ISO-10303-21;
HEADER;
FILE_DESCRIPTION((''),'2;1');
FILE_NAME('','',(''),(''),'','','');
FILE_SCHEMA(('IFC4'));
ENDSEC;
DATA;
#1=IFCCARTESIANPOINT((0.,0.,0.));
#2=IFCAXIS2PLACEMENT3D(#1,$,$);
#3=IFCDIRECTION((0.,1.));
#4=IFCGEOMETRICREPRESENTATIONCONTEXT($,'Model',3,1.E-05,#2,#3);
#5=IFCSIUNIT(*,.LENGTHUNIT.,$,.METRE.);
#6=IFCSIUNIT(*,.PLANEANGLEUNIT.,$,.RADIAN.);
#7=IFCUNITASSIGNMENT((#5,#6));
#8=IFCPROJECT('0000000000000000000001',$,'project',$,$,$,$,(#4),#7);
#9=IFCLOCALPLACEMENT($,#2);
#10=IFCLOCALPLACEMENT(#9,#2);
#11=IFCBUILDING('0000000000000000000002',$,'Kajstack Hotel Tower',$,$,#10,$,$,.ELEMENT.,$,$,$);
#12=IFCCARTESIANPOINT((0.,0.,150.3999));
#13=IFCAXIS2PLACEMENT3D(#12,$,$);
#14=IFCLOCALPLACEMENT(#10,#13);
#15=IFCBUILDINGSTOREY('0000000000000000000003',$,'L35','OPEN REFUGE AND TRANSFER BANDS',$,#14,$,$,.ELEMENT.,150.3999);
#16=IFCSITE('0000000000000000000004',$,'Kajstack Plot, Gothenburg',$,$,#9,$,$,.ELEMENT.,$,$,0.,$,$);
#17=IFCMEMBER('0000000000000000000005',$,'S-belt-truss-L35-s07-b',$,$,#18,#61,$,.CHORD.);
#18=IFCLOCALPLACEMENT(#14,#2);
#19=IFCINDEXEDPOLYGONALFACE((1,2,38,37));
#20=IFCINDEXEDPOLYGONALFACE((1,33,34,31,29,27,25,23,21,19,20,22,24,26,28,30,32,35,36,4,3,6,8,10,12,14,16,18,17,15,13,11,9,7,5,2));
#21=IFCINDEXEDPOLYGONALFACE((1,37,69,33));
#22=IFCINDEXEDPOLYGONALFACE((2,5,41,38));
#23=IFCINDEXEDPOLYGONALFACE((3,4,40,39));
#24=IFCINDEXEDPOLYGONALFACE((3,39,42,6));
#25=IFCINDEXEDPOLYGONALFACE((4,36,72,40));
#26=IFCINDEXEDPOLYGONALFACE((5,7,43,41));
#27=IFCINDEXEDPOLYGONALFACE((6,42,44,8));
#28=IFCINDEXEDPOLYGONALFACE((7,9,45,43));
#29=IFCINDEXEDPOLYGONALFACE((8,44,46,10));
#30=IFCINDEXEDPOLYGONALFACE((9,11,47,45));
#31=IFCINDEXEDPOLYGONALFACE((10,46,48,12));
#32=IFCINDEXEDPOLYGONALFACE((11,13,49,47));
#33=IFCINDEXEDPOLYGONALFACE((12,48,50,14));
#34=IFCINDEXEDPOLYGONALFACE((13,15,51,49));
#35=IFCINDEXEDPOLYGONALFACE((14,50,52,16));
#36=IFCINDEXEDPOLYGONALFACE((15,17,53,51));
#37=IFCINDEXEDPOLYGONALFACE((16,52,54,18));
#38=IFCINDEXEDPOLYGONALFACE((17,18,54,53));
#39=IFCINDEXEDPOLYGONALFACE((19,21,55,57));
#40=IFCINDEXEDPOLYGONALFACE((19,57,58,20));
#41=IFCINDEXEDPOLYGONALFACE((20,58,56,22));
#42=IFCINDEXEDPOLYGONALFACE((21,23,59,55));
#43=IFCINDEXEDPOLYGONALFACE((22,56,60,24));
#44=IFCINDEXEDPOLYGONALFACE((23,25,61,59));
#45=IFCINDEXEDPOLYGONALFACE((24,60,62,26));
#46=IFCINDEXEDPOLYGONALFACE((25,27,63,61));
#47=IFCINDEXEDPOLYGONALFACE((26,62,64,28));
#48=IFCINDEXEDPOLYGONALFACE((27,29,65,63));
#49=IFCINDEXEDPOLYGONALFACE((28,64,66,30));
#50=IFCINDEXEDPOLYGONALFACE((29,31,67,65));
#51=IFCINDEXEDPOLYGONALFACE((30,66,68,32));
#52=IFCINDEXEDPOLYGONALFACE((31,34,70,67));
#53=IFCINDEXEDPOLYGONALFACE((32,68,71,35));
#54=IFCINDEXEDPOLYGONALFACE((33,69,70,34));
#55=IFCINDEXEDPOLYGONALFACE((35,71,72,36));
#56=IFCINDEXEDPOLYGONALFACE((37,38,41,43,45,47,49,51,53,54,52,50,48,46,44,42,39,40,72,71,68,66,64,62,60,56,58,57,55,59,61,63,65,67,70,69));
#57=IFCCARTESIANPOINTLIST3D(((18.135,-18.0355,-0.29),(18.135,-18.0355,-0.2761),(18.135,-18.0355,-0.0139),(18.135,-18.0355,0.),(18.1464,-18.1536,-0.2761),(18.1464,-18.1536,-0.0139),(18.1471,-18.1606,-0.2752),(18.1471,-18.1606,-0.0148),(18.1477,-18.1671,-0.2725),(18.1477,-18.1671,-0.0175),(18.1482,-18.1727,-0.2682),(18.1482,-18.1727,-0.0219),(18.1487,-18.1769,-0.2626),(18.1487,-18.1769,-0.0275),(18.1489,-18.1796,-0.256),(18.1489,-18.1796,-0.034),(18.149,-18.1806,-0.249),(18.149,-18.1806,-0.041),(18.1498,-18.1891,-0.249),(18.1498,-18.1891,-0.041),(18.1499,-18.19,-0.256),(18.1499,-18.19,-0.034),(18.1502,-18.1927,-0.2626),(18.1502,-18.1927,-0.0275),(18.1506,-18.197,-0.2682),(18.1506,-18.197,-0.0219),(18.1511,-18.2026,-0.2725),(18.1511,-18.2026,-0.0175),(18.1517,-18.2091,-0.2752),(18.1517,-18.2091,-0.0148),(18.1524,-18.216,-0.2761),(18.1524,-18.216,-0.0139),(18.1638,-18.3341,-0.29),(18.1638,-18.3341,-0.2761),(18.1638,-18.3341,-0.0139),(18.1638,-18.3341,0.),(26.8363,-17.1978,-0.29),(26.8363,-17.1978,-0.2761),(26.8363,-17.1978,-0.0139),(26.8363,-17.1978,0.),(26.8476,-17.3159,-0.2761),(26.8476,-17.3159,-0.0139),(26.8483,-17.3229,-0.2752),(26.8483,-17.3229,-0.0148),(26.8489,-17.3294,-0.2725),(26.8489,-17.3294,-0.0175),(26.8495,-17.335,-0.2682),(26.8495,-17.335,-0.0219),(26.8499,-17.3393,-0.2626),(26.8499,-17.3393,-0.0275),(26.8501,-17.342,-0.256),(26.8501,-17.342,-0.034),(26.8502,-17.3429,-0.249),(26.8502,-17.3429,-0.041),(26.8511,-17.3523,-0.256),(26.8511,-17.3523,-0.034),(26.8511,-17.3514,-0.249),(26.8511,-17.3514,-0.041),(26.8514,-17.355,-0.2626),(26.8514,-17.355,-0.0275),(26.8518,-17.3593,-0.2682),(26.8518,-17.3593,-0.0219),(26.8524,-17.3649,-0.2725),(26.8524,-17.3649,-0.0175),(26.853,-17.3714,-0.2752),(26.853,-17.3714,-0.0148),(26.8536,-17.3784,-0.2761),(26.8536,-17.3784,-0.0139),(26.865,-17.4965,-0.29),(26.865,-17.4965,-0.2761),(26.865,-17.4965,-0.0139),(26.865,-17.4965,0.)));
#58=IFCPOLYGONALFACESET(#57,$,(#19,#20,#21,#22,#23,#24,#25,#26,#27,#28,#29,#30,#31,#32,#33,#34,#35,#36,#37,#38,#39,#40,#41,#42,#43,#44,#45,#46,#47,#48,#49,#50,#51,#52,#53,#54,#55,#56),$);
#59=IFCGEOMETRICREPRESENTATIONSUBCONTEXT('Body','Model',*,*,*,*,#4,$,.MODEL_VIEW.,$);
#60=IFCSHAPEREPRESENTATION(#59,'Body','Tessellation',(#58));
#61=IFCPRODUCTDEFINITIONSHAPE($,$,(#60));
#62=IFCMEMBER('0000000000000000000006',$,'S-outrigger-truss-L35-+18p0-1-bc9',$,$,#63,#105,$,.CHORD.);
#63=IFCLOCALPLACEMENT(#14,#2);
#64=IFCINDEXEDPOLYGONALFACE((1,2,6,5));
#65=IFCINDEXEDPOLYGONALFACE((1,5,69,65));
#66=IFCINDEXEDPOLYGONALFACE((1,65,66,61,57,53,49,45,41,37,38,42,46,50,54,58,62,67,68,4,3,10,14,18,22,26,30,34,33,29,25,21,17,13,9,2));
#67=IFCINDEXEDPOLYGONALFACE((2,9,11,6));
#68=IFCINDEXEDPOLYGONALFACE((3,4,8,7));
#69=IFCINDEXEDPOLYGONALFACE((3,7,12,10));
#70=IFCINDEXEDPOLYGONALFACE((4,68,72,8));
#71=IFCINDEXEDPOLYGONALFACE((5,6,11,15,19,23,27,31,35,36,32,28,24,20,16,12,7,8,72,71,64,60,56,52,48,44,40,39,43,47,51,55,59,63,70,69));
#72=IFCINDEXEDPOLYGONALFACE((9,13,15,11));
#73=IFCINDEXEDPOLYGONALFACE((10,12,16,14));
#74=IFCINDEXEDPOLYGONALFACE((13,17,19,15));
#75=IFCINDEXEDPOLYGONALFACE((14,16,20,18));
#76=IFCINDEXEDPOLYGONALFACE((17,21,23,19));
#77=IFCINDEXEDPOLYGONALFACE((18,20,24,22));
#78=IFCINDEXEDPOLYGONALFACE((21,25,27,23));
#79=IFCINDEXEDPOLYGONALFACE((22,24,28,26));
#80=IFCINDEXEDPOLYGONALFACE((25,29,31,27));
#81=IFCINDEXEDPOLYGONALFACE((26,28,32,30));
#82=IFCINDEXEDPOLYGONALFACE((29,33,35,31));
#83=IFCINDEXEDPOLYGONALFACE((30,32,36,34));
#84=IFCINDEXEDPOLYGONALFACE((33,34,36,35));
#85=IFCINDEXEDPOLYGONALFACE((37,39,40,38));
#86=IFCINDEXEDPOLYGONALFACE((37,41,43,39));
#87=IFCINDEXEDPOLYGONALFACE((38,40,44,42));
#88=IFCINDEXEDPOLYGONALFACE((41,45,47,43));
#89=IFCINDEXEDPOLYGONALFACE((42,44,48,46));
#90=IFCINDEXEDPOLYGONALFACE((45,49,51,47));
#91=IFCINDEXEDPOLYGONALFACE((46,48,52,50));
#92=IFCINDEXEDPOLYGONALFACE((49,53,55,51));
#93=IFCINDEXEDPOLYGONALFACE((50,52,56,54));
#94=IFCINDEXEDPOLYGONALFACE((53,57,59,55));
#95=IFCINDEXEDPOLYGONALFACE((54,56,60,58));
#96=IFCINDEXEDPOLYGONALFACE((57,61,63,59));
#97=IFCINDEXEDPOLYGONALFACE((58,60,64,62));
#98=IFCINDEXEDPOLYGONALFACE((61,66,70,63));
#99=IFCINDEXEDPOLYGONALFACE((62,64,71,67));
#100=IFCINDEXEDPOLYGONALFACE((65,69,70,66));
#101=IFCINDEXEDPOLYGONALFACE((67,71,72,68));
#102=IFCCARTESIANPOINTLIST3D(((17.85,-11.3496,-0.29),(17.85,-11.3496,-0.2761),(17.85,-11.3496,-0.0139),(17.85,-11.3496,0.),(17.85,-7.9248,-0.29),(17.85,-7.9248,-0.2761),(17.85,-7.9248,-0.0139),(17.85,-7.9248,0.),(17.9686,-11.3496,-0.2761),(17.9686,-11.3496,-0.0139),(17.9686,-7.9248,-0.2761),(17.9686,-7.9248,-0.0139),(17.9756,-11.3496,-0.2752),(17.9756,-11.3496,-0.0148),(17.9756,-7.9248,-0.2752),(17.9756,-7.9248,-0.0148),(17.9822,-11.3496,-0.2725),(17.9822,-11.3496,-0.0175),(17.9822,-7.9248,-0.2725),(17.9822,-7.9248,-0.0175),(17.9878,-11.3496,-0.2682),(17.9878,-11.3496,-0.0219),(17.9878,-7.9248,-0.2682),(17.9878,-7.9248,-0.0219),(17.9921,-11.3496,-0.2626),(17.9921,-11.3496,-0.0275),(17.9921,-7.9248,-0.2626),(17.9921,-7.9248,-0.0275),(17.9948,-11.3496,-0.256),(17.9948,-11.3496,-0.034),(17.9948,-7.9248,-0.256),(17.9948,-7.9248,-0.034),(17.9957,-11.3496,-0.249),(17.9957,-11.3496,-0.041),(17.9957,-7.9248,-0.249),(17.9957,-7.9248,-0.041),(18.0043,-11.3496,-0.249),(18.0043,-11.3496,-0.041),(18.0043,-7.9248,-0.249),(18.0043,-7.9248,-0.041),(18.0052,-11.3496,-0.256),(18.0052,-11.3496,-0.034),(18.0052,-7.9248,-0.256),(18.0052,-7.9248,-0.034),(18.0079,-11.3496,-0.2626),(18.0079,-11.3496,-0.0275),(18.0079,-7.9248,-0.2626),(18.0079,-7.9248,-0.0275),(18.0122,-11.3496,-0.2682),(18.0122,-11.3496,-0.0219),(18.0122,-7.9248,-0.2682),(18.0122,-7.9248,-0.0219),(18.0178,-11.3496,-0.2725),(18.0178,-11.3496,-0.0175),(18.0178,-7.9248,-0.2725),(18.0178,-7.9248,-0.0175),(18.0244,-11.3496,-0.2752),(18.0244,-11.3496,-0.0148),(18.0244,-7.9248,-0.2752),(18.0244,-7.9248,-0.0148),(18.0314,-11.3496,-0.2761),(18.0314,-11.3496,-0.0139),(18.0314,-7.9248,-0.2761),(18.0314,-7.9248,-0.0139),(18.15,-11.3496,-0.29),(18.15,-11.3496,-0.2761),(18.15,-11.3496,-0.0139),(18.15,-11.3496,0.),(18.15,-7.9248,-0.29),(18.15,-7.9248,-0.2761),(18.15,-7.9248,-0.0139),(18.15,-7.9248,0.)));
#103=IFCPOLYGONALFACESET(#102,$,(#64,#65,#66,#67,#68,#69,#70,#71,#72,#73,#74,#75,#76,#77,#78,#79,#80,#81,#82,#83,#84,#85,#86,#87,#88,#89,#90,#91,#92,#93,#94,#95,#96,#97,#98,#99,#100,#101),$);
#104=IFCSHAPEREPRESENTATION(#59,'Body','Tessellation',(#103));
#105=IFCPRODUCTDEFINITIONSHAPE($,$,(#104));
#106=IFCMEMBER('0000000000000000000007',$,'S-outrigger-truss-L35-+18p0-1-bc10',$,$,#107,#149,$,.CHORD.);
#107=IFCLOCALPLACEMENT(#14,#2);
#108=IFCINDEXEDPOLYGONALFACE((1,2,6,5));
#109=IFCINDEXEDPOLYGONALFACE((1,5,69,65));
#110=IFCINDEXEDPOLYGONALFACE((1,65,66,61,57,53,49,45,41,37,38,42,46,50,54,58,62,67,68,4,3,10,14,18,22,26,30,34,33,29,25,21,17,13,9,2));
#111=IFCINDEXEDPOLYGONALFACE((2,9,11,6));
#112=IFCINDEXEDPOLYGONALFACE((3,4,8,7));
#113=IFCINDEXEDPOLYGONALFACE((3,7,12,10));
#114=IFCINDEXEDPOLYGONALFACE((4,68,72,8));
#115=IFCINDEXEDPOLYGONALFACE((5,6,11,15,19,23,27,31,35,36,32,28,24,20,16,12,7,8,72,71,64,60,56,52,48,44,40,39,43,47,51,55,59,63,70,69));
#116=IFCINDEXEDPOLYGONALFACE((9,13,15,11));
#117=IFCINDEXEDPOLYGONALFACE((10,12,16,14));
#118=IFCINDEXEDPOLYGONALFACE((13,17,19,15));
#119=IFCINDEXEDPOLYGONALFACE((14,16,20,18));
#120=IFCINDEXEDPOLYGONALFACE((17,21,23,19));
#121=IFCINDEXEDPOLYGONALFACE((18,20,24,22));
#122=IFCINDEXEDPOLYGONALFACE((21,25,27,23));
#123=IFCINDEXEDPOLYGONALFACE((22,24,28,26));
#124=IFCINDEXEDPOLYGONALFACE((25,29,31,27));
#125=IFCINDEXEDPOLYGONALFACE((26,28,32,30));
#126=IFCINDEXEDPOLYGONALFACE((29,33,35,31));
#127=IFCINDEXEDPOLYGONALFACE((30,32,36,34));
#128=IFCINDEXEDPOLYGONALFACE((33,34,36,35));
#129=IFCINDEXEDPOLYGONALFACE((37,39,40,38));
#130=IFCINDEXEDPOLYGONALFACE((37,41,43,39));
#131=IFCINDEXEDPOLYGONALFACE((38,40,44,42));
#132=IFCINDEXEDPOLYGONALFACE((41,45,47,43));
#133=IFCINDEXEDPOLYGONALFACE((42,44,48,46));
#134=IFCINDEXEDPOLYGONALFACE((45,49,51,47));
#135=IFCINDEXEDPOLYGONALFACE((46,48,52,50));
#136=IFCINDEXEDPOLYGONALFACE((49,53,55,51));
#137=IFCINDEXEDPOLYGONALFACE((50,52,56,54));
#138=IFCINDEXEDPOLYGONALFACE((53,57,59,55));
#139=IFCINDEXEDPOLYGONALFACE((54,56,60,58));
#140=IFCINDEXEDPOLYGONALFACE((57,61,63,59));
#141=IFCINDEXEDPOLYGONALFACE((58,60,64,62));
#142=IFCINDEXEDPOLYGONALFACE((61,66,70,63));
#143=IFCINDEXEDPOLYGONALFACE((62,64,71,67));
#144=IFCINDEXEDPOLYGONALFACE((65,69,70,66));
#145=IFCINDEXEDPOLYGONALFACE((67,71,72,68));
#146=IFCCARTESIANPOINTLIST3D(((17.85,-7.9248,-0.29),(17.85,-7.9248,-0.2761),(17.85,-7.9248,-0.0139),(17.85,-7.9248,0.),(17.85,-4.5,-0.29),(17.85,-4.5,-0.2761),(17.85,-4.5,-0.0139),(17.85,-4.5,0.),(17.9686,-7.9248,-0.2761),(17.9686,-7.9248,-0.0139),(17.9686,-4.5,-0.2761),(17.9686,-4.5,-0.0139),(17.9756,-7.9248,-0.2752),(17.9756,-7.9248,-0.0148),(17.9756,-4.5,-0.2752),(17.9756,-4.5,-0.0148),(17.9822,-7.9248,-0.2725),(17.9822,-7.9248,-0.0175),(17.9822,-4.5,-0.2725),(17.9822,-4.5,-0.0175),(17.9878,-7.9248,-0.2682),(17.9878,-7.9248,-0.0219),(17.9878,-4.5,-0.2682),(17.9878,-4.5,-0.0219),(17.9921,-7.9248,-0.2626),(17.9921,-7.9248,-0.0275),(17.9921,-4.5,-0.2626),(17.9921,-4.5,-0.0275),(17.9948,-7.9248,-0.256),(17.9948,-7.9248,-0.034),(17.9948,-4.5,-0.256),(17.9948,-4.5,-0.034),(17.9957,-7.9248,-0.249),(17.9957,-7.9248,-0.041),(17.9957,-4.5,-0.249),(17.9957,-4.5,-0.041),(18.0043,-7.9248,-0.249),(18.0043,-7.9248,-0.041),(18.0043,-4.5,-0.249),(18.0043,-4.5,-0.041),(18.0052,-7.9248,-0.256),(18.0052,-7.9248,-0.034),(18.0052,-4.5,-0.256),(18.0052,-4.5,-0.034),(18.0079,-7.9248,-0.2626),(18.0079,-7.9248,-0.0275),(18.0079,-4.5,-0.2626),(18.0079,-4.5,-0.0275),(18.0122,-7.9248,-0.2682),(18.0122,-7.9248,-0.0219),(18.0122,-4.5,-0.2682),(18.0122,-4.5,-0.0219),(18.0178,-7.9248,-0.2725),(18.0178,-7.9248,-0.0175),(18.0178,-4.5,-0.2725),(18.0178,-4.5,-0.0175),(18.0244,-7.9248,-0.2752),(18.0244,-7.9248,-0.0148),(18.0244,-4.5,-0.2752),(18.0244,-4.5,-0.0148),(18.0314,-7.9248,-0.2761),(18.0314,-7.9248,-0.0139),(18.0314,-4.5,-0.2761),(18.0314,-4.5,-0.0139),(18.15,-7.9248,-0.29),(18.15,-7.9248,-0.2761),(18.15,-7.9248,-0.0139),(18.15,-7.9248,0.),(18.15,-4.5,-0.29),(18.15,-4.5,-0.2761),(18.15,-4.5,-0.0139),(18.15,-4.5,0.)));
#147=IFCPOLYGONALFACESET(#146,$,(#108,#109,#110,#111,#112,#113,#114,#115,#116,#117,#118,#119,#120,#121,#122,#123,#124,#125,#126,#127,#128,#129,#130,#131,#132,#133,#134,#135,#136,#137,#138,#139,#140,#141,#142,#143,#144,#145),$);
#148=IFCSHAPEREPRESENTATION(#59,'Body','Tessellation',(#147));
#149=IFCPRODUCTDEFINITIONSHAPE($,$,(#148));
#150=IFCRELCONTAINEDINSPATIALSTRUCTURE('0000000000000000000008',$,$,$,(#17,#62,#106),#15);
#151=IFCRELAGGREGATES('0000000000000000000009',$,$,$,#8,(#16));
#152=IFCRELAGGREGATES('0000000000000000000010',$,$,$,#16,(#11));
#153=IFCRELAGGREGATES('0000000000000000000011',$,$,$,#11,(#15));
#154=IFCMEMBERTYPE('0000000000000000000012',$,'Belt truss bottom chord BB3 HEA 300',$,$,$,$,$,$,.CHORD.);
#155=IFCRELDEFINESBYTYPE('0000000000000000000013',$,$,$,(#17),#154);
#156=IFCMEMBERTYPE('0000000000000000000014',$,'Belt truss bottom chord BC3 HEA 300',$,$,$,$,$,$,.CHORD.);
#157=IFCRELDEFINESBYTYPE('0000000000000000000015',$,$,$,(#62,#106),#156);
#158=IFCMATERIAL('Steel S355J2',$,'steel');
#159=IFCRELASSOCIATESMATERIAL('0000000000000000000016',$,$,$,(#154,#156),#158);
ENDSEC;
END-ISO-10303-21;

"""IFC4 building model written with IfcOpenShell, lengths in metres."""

from ifc_helpers import new_model, si_unit, direction, frame, origin, origin_2d, place, context, subcontext, project, spatial, i_section, extrude, material, material_profile, profile_set, type_object, element, save


model = new_model("IFC4")

# Units and contexts
model_context = context("Model", 3, precision=1e-05, world=origin(), true_north=direction((0.0, 1.0)))
body_context = subcontext(model_context, "Body", "Model", "MODEL_VIEW")
ifc_project = project(units=[si_unit("LENGTHUNIT", "METRE"), si_unit("PLANEANGLEUNIT", "RADIAN")], contexts=[model_context])

# Site, building, storey
site_placement = place(None, origin())
site = spatial("IfcSite", under=ifc_project, at=site_placement, Name="Kajstack Plot, Gothenburg", CompositionType="ELEMENT", RefElevation=0.0)
building_placement = place(site_placement, origin())
building = spatial("IfcBuilding", under=site, at=building_placement, Name="Kajstack Hotel Tower", CompositionType="ELEMENT")
storey_placement = place(building_placement, frame((0.0, 0.0, 150.3999)))
storey = spatial("IfcBuildingStorey", under=building, at=storey_placement, Name="L35", Description="OPEN REFUGE AND TRANSFER BANDS", CompositionType="ELEMENT", Elevation=150.3999)

# Members
ifc_material_1 = material(Name="Steel S355J2", Category="steel")
ifc_material_profile_1 = material_profile(ifc_material_1, i_section(OverallWidth=0.3, OverallDepth=0.29, WebThickness=0.0085, FlangeThickness=0.0139, FilletRadius=0.0271, at=origin_2d()), Name="HEA 300")
ifc_profile_set_1 = profile_set([ifc_material_profile_1], Name="Steel S355J2")
member_type_1 = type_object("IfcMemberType", Name="Belt truss bottom chord BB3 HEA 300", PredefinedType="CHORD", material=ifc_profile_set_1)
member_1_placement = place(storey_placement, frame((18.1494, -18.1848, -0.145), z_axis=(0.995398, 0.095825, 0.0), x_axis=(-0.095825, 0.995398, 0.0)))
element("IfcMember", 1, at=member_1_placement, inside=storey, type_object=member_type_1, Name="S-belt-truss-L35-s07-b", PredefinedType="CHORD", context=body_context, shape_type="SweptSolid", body=[
    extrude(i_section(OverallWidth=0.3, OverallDepth=0.29, WebThickness=0.0085, FlangeThickness=0.0139, FilletRadius=0.0271, at=origin_2d()), origin(), (0.0, 0.0, 1.0), 8.7415),
])
ifc_material_profile_2 = material_profile(ifc_material_1, i_section(OverallWidth=0.3, OverallDepth=0.29, WebThickness=0.0085, FlangeThickness=0.0139, FilletRadius=0.0271, at=origin_2d()), Name="HEA 300")
ifc_profile_set_2 = profile_set([ifc_material_profile_2], Name="Steel S355J2")
member_type_2 = type_object("IfcMemberType", Name="Belt truss bottom chord BC3 HEA 300", PredefinedType="CHORD", material=ifc_profile_set_2)
for number, where, z_axis, x_axis, name in (
    (2, (18.0, -11.3496, -0.145), (0.0, 1.0, 0.0), (-1.0, 0.0, 0.0), "S-outrigger-truss-L35-+18p0-1-bc9"),
    (3, (18.0, -7.9248, -0.145), (0.0, 1.0, 0.0), (-1.0, 0.0, 0.0), "S-outrigger-truss-L35-+18p0-1-bc10"),
):
    element("IfcMember", number, at=place(storey_placement, frame(where, z_axis=z_axis, x_axis=x_axis)), inside=storey, type_object=member_type_2, Name=name, PredefinedType="CHORD", context=body_context, shape_type="SweptSolid", body=[
        extrude(i_section(OverallWidth=0.3, OverallDepth=0.29, WebThickness=0.0085, FlangeThickness=0.0139, FilletRadius=0.0271, at=origin_2d()), origin(), (0.0, 0.0, 1.0), 3.4248),
    ])

save(model, "model.ifc")
